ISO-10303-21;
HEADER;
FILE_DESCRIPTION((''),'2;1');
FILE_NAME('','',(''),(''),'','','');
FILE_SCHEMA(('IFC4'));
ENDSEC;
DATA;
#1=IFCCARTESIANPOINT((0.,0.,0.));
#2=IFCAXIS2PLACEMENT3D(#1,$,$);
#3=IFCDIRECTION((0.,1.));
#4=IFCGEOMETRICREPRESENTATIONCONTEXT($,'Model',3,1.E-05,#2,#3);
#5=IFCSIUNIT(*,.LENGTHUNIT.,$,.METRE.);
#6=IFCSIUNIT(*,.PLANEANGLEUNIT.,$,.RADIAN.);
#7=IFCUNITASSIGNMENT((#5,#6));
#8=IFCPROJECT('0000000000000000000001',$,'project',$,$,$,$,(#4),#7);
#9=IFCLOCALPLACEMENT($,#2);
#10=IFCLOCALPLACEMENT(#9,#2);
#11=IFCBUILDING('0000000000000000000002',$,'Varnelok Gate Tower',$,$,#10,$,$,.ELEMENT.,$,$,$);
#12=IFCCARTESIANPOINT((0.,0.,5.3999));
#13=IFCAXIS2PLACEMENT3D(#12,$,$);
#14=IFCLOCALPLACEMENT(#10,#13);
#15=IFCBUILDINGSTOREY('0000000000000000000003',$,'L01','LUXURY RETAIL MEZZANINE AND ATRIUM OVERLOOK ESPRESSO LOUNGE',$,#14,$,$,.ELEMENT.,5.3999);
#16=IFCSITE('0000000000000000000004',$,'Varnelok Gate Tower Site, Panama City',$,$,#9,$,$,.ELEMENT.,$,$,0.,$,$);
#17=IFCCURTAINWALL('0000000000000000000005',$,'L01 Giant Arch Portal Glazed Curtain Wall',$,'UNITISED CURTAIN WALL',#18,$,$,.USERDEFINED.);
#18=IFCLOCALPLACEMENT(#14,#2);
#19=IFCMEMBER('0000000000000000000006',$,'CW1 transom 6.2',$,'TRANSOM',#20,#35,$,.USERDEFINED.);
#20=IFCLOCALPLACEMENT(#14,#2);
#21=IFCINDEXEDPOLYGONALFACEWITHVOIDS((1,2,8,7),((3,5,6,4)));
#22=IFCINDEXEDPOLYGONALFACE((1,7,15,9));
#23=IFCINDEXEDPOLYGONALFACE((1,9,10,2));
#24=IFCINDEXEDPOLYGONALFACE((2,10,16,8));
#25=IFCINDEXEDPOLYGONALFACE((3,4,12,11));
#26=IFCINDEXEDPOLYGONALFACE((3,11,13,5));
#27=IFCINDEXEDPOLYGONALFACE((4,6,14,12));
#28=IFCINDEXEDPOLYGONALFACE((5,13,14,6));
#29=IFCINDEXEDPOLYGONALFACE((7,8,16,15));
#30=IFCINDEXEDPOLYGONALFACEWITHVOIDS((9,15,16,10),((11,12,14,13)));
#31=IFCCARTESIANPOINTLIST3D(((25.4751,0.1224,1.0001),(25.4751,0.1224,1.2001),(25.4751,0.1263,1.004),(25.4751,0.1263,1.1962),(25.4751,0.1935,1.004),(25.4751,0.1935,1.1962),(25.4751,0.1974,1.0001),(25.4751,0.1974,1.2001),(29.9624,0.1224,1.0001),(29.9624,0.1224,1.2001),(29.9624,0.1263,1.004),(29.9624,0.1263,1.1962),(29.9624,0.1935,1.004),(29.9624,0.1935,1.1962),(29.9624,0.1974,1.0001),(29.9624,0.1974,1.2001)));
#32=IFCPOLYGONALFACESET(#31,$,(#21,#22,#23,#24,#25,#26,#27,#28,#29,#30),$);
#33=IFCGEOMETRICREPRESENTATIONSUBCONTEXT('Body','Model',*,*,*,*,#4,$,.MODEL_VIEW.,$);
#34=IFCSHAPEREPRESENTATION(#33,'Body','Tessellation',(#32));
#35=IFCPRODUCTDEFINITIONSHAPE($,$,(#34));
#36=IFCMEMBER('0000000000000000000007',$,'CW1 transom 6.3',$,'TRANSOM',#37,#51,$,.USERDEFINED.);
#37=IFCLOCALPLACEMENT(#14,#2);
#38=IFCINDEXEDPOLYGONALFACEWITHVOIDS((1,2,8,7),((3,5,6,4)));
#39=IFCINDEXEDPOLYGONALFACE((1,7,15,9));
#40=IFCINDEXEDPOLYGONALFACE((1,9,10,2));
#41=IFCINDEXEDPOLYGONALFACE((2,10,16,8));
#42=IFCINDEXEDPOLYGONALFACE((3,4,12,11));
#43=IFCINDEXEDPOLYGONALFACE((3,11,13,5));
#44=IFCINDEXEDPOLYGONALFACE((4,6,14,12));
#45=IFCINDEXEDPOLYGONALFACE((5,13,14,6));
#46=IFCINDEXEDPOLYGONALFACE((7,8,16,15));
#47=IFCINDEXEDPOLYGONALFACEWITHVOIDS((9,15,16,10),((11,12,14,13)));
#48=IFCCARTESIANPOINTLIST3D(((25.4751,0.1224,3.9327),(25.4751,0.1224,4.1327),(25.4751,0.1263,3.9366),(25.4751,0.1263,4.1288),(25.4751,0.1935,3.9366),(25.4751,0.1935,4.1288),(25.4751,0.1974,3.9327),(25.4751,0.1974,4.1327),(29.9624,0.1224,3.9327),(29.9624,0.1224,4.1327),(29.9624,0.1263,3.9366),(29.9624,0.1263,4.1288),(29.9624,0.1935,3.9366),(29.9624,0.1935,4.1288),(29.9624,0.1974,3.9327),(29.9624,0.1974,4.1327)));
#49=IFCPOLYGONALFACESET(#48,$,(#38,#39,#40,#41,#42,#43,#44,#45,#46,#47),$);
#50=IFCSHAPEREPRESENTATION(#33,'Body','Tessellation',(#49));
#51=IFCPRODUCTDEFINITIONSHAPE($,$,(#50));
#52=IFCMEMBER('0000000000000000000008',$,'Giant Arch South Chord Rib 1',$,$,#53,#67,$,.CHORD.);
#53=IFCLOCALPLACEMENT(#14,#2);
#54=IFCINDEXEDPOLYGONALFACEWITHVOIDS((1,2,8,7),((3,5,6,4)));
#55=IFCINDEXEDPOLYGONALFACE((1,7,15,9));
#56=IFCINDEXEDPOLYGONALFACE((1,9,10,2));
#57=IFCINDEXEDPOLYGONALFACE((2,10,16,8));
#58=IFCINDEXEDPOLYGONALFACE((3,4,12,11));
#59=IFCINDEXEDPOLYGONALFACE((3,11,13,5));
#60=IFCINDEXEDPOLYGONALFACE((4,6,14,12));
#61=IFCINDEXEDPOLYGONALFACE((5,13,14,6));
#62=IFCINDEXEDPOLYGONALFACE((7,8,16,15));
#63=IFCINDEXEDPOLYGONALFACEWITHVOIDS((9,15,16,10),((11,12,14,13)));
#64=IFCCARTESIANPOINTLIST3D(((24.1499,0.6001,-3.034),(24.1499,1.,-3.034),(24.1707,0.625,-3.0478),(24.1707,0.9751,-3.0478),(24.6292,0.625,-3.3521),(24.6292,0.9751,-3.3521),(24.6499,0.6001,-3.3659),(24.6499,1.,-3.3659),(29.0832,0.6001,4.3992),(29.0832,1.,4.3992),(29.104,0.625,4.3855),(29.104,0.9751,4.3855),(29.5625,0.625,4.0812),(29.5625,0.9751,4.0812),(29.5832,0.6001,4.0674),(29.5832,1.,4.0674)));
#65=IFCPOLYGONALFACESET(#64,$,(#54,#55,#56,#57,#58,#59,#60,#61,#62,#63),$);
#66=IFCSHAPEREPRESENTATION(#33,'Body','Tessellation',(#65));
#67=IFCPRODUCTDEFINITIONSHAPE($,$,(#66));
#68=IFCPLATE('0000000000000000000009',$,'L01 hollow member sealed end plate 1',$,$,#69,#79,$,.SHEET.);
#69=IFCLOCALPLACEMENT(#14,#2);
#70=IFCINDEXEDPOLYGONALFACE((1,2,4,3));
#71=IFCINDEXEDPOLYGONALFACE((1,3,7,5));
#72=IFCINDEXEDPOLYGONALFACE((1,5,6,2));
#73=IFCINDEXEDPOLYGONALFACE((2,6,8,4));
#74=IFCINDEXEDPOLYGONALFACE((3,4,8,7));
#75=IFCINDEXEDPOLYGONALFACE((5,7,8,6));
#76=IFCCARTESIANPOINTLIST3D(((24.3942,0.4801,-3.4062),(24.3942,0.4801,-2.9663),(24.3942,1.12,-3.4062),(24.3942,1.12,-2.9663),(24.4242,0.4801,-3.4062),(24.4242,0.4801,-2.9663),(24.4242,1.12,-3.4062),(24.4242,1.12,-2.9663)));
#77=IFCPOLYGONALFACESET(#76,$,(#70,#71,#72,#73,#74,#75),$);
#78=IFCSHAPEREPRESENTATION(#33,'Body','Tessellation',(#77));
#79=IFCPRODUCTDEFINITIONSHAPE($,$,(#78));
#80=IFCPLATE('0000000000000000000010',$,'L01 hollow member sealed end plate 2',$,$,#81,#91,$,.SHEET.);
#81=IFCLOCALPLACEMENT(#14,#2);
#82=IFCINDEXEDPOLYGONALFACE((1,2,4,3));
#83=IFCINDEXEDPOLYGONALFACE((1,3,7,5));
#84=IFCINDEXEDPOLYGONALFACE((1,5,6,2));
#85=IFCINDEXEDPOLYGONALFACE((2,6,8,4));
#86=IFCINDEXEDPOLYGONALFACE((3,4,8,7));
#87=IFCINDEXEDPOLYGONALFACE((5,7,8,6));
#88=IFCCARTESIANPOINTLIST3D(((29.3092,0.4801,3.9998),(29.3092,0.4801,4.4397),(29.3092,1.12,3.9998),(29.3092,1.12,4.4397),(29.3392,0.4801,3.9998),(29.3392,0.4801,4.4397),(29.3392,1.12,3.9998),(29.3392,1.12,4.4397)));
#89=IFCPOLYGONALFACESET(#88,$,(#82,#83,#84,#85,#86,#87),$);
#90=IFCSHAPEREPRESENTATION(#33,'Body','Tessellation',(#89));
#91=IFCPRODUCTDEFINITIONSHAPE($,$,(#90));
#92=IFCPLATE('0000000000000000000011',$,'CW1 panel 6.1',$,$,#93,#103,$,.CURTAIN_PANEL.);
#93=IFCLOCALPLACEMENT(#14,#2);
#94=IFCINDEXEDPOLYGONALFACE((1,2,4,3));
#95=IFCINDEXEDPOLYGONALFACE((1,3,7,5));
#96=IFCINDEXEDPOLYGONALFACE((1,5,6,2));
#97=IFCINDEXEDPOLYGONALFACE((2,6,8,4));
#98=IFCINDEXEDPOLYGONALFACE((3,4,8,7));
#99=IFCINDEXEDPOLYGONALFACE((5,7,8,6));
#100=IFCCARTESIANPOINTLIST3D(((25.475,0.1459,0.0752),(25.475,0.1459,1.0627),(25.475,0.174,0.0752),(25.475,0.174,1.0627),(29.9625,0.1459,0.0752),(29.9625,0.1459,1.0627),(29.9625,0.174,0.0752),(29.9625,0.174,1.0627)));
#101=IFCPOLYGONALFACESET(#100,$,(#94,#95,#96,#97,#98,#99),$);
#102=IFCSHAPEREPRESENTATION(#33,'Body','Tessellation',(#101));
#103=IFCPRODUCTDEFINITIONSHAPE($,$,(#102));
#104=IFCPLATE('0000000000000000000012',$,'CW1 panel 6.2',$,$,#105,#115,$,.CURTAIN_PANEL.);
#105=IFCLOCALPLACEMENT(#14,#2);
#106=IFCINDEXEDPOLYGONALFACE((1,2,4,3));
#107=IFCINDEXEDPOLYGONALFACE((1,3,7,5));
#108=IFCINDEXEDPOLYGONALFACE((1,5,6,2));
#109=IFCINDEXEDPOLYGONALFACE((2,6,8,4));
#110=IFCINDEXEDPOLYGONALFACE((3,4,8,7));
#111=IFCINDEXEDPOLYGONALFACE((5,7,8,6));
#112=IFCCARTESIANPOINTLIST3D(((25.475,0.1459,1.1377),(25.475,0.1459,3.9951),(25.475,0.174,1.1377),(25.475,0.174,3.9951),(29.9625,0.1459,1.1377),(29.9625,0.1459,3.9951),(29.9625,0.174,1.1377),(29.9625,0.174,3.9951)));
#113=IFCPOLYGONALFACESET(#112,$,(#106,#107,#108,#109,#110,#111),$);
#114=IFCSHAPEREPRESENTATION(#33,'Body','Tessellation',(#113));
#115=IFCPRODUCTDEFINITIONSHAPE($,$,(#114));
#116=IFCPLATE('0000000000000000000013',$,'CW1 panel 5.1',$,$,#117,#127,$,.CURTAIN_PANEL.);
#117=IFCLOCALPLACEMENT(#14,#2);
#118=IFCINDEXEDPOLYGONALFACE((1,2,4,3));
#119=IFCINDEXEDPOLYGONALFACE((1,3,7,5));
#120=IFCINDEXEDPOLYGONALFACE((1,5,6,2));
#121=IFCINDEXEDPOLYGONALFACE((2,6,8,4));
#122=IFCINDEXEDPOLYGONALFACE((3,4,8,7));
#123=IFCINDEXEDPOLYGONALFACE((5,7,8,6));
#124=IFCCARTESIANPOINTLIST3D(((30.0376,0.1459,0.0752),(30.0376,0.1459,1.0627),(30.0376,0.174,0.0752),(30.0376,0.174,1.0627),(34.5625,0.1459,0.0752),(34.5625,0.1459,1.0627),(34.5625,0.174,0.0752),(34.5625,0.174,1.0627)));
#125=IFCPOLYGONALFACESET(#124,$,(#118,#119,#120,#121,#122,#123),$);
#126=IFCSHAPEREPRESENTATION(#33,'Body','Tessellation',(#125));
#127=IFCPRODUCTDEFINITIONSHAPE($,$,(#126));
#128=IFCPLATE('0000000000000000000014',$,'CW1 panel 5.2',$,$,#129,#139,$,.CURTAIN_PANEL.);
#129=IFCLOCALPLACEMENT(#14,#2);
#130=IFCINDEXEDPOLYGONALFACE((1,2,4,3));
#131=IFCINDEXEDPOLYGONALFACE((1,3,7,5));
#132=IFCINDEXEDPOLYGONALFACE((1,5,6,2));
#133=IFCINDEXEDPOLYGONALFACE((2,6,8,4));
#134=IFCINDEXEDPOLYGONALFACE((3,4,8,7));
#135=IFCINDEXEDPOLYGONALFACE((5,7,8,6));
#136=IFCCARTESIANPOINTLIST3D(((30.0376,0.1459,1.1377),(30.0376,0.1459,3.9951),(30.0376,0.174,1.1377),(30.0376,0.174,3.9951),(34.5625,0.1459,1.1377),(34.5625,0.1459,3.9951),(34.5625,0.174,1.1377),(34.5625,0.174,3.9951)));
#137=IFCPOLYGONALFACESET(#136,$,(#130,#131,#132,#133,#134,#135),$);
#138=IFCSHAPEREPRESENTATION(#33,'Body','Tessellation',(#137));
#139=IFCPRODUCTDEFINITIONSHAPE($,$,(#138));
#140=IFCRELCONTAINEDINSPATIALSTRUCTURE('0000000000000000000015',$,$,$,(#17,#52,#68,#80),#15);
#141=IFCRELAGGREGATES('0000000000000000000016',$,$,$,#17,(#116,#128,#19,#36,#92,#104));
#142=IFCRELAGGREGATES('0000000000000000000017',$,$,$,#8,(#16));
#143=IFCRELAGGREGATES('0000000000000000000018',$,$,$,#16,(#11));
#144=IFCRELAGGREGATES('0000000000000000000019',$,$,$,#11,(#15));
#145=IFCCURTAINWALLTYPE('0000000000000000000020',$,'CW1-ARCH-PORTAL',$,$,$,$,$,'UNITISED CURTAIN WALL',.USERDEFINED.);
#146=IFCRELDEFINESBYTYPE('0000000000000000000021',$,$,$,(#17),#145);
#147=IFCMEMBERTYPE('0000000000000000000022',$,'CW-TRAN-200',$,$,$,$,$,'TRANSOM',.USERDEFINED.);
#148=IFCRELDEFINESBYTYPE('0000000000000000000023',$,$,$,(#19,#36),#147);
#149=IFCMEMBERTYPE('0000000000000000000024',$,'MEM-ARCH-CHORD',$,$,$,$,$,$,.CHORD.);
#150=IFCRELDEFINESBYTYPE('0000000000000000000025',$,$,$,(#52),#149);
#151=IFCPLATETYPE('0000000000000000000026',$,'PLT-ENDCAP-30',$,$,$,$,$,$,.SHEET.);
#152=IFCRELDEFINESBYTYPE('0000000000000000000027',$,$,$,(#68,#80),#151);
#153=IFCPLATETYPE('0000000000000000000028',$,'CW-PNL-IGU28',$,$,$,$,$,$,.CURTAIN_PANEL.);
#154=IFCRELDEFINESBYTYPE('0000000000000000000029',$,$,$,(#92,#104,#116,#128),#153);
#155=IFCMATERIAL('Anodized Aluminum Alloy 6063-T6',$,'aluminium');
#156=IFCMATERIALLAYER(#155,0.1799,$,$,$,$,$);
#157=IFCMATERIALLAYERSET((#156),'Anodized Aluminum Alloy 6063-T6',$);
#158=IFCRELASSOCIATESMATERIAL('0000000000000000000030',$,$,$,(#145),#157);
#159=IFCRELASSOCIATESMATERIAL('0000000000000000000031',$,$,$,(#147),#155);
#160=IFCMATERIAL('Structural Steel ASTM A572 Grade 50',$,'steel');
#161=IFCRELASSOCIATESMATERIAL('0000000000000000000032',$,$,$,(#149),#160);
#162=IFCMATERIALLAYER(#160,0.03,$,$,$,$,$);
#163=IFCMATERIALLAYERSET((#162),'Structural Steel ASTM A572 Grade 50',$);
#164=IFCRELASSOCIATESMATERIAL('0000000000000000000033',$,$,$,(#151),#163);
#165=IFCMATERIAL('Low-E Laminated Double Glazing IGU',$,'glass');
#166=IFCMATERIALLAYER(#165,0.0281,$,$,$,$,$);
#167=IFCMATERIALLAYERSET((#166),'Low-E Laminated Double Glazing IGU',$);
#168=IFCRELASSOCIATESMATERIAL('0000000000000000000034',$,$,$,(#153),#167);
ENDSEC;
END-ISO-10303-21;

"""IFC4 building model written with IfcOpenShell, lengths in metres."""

from ifc_helpers import new_model, si_unit, direction, frame, origin, origin_2d, place, context, subcontext, project, spatial, rectangle, hollow_rectangle, extrude, source, transform, mapped, material, layer, layer_set, material_profile, profile_set, type_object, element, aggregate, save


model = new_model("IFC4")

# Units and contexts
model_context = context("Model", 3, precision=1e-05, world=origin(), true_north=direction((0.0, 1.0)))
body_context = subcontext(model_context, "Body", "Model", "MODEL_VIEW")
ifc_project = project(units=[si_unit("LENGTHUNIT", "METRE"), si_unit("PLANEANGLEUNIT", "RADIAN")], contexts=[model_context])

# Site, building, storey
site_placement = place(None, origin())
site = spatial("IfcSite", under=ifc_project, at=site_placement, Name="Varnelok Gate Tower Site, Panama City", CompositionType="ELEMENT", RefElevation=0.0)
building_placement = place(site_placement, origin())
building = spatial("IfcBuilding", under=site, at=building_placement, Name="Varnelok Gate Tower", CompositionType="ELEMENT")
storey_placement = place(building_placement, frame((0.0, 0.0, 5.3999)))
storey = spatial("IfcBuildingStorey", under=building, at=storey_placement, Name="L01", Description="LUXURY RETAIL MEZZANINE AND ATRIUM OVERLOOK ESPRESSO LOUNGE", CompositionType="ELEMENT", Elevation=5.3999)

# Curtain wall, members
ifc_material_1 = material(Name="Anodized Aluminum Alloy 6063-T6", Category="aluminium")
ifc_layer_1 = layer(ifc_material_1, 0.1799)
ifc_layer_set_1 = layer_set([ifc_layer_1], Name="Anodized Aluminum Alloy 6063-T6")
curtain_wall_type = type_object("IfcCurtainWallType", Name="CW1-ARCH-PORTAL", ElementType="UNITISED CURTAIN WALL", PredefinedType="USERDEFINED", material=ifc_layer_set_1)
curtain_wall_placement = place(storey_placement, origin())
curtain_wall = element("IfcCurtainWall", 1, at=curtain_wall_placement, inside=storey, type_object=curtain_wall_type, Name="L01 Giant Arch Portal Glazed Curtain Wall", ObjectType="UNITISED CURTAIN WALL", PredefinedType="USERDEFINED")
ifc_material_profile_1 = material_profile(ifc_material_1, hollow_rectangle(XDim=0.075, YDim=0.2, WallThickness=0.0039, at=origin_2d()), Name="ALU200X75X4")
ifc_profile_set_1 = profile_set([ifc_material_profile_1], Name="Anodized Aluminum Alloy 6063-T6")
member_type_1 = type_object("IfcMemberType", Name="CW-TRAN-200", ElementType="TRANSOM", PredefinedType="USERDEFINED", material=ifc_profile_set_1)
member_1_placement = place(storey_placement, frame((29.9624, 0.1599, 1.1001), z_axis=(-1.0, 0.0, 0.0), x_axis=(0.0, -1.0, 0.0)))
member_1 = element("IfcMember", 2, at=member_1_placement, type_object=member_type_1, Name="CW1 transom 6.2", ObjectType="TRANSOM", PredefinedType="USERDEFINED", context=body_context, shape_type="SweptSolid", body=[
    extrude(hollow_rectangle(XDim=0.075, YDim=0.2, WallThickness=0.0039, at=origin_2d()), origin(), (0.0, 0.0, 1.0), 4.4873),
])
member_2_placement = place(storey_placement, frame((29.9624, 0.1599, 4.0327), z_axis=(-1.0, 0.0, 0.0), x_axis=(0.0, -1.0, 0.0)))
member_2 = element("IfcMember", 3, at=member_2_placement, type_object=member_type_1, Name="CW1 transom 6.3", ObjectType="TRANSOM", PredefinedType="USERDEFINED", context=body_context, shape_type="SweptSolid", body=[
    extrude(hollow_rectangle(XDim=0.075, YDim=0.2, WallThickness=0.0039, at=origin_2d()), origin(), (0.0, 0.0, 1.0), 4.4873),
])

# Member
ifc_material_2 = material(Name="Structural Steel ASTM A572 Grade 50", Category="steel")
ifc_material_profile_2 = material_profile(ifc_material_2, hollow_rectangle(XDim=0.3999, YDim=0.6001, WallThickness=0.0249, at=origin_2d()), Name="HSS600X400X25")
ifc_profile_set_2 = profile_set([ifc_material_profile_2], Name="Structural Steel ASTM A572 Grade 50")
member_type_2 = type_object("IfcMemberType", Name="MEM-ARCH-CHORD", PredefinedType="CHORD", material=ifc_profile_set_2)
member_3_placement = place(storey_placement, frame((24.3999, 0.8, -3.2), z_axis=(0.552975, 0.0, 0.833198), x_axis=(0.0, 1.0, 0.0)))
element("IfcMember", 4, at=member_3_placement, inside=storey, type_object=member_type_2, Name="Giant Arch South Chord Rib 1", PredefinedType="CHORD", context=body_context, shape_type="SweptSolid", body=[
    extrude(hollow_rectangle(XDim=0.3999, YDim=0.6001, WallThickness=0.0249, at=origin_2d()), origin(), (0.0, 0.0, 1.0), 8.9214),
])

# Plates
ifc_layer_2 = layer(ifc_material_2, 0.03)
ifc_layer_set_2 = layer_set([ifc_layer_2], Name="Structural Steel ASTM A572 Grade 50")
plate_type_1 = type_object("IfcPlateType", Name="PLT-ENDCAP-30", PredefinedType="SHEET", material=ifc_layer_set_2)
shared_shape_1 = source(origin(), body_context, "Body", "SweptSolid", [
    extrude(rectangle(XDim=0.03, YDim=0.6399, at=origin_2d()), origin(), (0.0, 0.0, 1.0), 0.4399),
])
for number, where, z_axis, x_axis, name in (
    (5, (24.4092, 0.8, -3.4062), (0.0, 0.0, 1.0), (1.0, 0.0, 0.0), "L01 hollow member sealed end plate 1"),
    (6, (29.3242, 0.8, 3.9998), (0.0, 0.0, 1.0), (1.0, 0.0, 0.0), "L01 hollow member sealed end plate 2"),
):
    element("IfcPlate", number, at=place(storey_placement, frame(where, z_axis=z_axis, x_axis=x_axis)), inside=storey, type_object=plate_type_1, Name=name, PredefinedType="SHEET", context=body_context, shape_type="MappedRepresentation", body=[
        mapped(shared_shape_1, transform((0.0, 0.0, 0.0), scale=1.0)),
    ])

# Plates
ifc_material_3 = material(Name="Low-E Laminated Double Glazing IGU", Category="glass")
ifc_layer_3 = layer(ifc_material_3, 0.0281)
ifc_layer_set_3 = layer_set([ifc_layer_3], Name="Low-E Laminated Double Glazing IGU")
plate_type_2 = type_object("IfcPlateType", Name="CW-PNL-IGU28", PredefinedType="CURTAIN_PANEL", material=ifc_layer_set_3)
shared_shape_2 = source(origin(), body_context, "Body", "SweptSolid", [
    extrude(rectangle(XDim=4.4875, YDim=0.0281, at=origin_2d()), origin(), (0.0, 0.0, 1.0), 0.9875),
])
plate_1_placement = place(storey_placement, frame((27.7188, 0.1599, 0.0752), z_axis=(0.0, 0.0, 1.0), x_axis=(-1.0, 0.0, 0.0)))
plate_1 = element("IfcPlate", 7, at=plate_1_placement, type_object=plate_type_2, Name="CW1 panel 6.1", PredefinedType="CURTAIN_PANEL", context=body_context, shape_type="MappedRepresentation", body=[
    mapped(shared_shape_2, transform((0.0, 0.0, 0.0), scale=1.0)),
])
shared_shape_3 = source(origin(), body_context, "Body", "SweptSolid", [
    extrude(rectangle(XDim=4.4875, YDim=0.0281, at=origin_2d()), origin(), (0.0, 0.0, 1.0), 2.8574),
])
plate_2_placement = place(storey_placement, frame((27.7188, 0.1599, 1.1377), z_axis=(0.0, 0.0, 1.0), x_axis=(-1.0, 0.0, 0.0)))
plate_2 = element("IfcPlate", 8, at=plate_2_placement, type_object=plate_type_2, Name="CW1 panel 6.2", PredefinedType="CURTAIN_PANEL", context=body_context, shape_type="MappedRepresentation", body=[
    mapped(shared_shape_3, transform((0.0, 0.0, 0.0), scale=1.0)),
])
shared_shape_4 = source(origin(), body_context, "Body", "SweptSolid", [
    extrude(rectangle(XDim=4.5249, YDim=0.0281, at=origin_2d()), origin(), (0.0, 0.0, 1.0), 0.9875),
])
plate_3_placement = place(storey_placement, frame((32.3, 0.1599, 0.0752), z_axis=(0.0, 0.0, 1.0), x_axis=(-1.0, 0.0, 0.0)))
plate_3 = element("IfcPlate", 9, at=plate_3_placement, type_object=plate_type_2, Name="CW1 panel 5.1", PredefinedType="CURTAIN_PANEL", context=body_context, shape_type="MappedRepresentation", body=[
    mapped(shared_shape_4, transform((0.0, 0.0, 0.0), scale=1.0)),
])
shared_shape_5 = source(origin(), body_context, "Body", "SweptSolid", [
    extrude(rectangle(XDim=4.5249, YDim=0.0281, at=origin_2d()), origin(), (0.0, 0.0, 1.0), 2.8574),
])
plate_4_placement = place(storey_placement, frame((32.3, 0.1599, 1.1377), z_axis=(0.0, 0.0, 1.0), x_axis=(-1.0, 0.0, 0.0)))
plate_4 = element("IfcPlate", 10, at=plate_4_placement, type_object=plate_type_2, Name="CW1 panel 5.2", PredefinedType="CURTAIN_PANEL", context=body_context, shape_type="MappedRepresentation", body=[
    mapped(shared_shape_5, transform((0.0, 0.0, 0.0), scale=1.0)),
])
aggregate(curtain_wall, [plate_3, plate_4, member_1, member_2, plate_1, plate_2])

save(model, "model.ifc")
